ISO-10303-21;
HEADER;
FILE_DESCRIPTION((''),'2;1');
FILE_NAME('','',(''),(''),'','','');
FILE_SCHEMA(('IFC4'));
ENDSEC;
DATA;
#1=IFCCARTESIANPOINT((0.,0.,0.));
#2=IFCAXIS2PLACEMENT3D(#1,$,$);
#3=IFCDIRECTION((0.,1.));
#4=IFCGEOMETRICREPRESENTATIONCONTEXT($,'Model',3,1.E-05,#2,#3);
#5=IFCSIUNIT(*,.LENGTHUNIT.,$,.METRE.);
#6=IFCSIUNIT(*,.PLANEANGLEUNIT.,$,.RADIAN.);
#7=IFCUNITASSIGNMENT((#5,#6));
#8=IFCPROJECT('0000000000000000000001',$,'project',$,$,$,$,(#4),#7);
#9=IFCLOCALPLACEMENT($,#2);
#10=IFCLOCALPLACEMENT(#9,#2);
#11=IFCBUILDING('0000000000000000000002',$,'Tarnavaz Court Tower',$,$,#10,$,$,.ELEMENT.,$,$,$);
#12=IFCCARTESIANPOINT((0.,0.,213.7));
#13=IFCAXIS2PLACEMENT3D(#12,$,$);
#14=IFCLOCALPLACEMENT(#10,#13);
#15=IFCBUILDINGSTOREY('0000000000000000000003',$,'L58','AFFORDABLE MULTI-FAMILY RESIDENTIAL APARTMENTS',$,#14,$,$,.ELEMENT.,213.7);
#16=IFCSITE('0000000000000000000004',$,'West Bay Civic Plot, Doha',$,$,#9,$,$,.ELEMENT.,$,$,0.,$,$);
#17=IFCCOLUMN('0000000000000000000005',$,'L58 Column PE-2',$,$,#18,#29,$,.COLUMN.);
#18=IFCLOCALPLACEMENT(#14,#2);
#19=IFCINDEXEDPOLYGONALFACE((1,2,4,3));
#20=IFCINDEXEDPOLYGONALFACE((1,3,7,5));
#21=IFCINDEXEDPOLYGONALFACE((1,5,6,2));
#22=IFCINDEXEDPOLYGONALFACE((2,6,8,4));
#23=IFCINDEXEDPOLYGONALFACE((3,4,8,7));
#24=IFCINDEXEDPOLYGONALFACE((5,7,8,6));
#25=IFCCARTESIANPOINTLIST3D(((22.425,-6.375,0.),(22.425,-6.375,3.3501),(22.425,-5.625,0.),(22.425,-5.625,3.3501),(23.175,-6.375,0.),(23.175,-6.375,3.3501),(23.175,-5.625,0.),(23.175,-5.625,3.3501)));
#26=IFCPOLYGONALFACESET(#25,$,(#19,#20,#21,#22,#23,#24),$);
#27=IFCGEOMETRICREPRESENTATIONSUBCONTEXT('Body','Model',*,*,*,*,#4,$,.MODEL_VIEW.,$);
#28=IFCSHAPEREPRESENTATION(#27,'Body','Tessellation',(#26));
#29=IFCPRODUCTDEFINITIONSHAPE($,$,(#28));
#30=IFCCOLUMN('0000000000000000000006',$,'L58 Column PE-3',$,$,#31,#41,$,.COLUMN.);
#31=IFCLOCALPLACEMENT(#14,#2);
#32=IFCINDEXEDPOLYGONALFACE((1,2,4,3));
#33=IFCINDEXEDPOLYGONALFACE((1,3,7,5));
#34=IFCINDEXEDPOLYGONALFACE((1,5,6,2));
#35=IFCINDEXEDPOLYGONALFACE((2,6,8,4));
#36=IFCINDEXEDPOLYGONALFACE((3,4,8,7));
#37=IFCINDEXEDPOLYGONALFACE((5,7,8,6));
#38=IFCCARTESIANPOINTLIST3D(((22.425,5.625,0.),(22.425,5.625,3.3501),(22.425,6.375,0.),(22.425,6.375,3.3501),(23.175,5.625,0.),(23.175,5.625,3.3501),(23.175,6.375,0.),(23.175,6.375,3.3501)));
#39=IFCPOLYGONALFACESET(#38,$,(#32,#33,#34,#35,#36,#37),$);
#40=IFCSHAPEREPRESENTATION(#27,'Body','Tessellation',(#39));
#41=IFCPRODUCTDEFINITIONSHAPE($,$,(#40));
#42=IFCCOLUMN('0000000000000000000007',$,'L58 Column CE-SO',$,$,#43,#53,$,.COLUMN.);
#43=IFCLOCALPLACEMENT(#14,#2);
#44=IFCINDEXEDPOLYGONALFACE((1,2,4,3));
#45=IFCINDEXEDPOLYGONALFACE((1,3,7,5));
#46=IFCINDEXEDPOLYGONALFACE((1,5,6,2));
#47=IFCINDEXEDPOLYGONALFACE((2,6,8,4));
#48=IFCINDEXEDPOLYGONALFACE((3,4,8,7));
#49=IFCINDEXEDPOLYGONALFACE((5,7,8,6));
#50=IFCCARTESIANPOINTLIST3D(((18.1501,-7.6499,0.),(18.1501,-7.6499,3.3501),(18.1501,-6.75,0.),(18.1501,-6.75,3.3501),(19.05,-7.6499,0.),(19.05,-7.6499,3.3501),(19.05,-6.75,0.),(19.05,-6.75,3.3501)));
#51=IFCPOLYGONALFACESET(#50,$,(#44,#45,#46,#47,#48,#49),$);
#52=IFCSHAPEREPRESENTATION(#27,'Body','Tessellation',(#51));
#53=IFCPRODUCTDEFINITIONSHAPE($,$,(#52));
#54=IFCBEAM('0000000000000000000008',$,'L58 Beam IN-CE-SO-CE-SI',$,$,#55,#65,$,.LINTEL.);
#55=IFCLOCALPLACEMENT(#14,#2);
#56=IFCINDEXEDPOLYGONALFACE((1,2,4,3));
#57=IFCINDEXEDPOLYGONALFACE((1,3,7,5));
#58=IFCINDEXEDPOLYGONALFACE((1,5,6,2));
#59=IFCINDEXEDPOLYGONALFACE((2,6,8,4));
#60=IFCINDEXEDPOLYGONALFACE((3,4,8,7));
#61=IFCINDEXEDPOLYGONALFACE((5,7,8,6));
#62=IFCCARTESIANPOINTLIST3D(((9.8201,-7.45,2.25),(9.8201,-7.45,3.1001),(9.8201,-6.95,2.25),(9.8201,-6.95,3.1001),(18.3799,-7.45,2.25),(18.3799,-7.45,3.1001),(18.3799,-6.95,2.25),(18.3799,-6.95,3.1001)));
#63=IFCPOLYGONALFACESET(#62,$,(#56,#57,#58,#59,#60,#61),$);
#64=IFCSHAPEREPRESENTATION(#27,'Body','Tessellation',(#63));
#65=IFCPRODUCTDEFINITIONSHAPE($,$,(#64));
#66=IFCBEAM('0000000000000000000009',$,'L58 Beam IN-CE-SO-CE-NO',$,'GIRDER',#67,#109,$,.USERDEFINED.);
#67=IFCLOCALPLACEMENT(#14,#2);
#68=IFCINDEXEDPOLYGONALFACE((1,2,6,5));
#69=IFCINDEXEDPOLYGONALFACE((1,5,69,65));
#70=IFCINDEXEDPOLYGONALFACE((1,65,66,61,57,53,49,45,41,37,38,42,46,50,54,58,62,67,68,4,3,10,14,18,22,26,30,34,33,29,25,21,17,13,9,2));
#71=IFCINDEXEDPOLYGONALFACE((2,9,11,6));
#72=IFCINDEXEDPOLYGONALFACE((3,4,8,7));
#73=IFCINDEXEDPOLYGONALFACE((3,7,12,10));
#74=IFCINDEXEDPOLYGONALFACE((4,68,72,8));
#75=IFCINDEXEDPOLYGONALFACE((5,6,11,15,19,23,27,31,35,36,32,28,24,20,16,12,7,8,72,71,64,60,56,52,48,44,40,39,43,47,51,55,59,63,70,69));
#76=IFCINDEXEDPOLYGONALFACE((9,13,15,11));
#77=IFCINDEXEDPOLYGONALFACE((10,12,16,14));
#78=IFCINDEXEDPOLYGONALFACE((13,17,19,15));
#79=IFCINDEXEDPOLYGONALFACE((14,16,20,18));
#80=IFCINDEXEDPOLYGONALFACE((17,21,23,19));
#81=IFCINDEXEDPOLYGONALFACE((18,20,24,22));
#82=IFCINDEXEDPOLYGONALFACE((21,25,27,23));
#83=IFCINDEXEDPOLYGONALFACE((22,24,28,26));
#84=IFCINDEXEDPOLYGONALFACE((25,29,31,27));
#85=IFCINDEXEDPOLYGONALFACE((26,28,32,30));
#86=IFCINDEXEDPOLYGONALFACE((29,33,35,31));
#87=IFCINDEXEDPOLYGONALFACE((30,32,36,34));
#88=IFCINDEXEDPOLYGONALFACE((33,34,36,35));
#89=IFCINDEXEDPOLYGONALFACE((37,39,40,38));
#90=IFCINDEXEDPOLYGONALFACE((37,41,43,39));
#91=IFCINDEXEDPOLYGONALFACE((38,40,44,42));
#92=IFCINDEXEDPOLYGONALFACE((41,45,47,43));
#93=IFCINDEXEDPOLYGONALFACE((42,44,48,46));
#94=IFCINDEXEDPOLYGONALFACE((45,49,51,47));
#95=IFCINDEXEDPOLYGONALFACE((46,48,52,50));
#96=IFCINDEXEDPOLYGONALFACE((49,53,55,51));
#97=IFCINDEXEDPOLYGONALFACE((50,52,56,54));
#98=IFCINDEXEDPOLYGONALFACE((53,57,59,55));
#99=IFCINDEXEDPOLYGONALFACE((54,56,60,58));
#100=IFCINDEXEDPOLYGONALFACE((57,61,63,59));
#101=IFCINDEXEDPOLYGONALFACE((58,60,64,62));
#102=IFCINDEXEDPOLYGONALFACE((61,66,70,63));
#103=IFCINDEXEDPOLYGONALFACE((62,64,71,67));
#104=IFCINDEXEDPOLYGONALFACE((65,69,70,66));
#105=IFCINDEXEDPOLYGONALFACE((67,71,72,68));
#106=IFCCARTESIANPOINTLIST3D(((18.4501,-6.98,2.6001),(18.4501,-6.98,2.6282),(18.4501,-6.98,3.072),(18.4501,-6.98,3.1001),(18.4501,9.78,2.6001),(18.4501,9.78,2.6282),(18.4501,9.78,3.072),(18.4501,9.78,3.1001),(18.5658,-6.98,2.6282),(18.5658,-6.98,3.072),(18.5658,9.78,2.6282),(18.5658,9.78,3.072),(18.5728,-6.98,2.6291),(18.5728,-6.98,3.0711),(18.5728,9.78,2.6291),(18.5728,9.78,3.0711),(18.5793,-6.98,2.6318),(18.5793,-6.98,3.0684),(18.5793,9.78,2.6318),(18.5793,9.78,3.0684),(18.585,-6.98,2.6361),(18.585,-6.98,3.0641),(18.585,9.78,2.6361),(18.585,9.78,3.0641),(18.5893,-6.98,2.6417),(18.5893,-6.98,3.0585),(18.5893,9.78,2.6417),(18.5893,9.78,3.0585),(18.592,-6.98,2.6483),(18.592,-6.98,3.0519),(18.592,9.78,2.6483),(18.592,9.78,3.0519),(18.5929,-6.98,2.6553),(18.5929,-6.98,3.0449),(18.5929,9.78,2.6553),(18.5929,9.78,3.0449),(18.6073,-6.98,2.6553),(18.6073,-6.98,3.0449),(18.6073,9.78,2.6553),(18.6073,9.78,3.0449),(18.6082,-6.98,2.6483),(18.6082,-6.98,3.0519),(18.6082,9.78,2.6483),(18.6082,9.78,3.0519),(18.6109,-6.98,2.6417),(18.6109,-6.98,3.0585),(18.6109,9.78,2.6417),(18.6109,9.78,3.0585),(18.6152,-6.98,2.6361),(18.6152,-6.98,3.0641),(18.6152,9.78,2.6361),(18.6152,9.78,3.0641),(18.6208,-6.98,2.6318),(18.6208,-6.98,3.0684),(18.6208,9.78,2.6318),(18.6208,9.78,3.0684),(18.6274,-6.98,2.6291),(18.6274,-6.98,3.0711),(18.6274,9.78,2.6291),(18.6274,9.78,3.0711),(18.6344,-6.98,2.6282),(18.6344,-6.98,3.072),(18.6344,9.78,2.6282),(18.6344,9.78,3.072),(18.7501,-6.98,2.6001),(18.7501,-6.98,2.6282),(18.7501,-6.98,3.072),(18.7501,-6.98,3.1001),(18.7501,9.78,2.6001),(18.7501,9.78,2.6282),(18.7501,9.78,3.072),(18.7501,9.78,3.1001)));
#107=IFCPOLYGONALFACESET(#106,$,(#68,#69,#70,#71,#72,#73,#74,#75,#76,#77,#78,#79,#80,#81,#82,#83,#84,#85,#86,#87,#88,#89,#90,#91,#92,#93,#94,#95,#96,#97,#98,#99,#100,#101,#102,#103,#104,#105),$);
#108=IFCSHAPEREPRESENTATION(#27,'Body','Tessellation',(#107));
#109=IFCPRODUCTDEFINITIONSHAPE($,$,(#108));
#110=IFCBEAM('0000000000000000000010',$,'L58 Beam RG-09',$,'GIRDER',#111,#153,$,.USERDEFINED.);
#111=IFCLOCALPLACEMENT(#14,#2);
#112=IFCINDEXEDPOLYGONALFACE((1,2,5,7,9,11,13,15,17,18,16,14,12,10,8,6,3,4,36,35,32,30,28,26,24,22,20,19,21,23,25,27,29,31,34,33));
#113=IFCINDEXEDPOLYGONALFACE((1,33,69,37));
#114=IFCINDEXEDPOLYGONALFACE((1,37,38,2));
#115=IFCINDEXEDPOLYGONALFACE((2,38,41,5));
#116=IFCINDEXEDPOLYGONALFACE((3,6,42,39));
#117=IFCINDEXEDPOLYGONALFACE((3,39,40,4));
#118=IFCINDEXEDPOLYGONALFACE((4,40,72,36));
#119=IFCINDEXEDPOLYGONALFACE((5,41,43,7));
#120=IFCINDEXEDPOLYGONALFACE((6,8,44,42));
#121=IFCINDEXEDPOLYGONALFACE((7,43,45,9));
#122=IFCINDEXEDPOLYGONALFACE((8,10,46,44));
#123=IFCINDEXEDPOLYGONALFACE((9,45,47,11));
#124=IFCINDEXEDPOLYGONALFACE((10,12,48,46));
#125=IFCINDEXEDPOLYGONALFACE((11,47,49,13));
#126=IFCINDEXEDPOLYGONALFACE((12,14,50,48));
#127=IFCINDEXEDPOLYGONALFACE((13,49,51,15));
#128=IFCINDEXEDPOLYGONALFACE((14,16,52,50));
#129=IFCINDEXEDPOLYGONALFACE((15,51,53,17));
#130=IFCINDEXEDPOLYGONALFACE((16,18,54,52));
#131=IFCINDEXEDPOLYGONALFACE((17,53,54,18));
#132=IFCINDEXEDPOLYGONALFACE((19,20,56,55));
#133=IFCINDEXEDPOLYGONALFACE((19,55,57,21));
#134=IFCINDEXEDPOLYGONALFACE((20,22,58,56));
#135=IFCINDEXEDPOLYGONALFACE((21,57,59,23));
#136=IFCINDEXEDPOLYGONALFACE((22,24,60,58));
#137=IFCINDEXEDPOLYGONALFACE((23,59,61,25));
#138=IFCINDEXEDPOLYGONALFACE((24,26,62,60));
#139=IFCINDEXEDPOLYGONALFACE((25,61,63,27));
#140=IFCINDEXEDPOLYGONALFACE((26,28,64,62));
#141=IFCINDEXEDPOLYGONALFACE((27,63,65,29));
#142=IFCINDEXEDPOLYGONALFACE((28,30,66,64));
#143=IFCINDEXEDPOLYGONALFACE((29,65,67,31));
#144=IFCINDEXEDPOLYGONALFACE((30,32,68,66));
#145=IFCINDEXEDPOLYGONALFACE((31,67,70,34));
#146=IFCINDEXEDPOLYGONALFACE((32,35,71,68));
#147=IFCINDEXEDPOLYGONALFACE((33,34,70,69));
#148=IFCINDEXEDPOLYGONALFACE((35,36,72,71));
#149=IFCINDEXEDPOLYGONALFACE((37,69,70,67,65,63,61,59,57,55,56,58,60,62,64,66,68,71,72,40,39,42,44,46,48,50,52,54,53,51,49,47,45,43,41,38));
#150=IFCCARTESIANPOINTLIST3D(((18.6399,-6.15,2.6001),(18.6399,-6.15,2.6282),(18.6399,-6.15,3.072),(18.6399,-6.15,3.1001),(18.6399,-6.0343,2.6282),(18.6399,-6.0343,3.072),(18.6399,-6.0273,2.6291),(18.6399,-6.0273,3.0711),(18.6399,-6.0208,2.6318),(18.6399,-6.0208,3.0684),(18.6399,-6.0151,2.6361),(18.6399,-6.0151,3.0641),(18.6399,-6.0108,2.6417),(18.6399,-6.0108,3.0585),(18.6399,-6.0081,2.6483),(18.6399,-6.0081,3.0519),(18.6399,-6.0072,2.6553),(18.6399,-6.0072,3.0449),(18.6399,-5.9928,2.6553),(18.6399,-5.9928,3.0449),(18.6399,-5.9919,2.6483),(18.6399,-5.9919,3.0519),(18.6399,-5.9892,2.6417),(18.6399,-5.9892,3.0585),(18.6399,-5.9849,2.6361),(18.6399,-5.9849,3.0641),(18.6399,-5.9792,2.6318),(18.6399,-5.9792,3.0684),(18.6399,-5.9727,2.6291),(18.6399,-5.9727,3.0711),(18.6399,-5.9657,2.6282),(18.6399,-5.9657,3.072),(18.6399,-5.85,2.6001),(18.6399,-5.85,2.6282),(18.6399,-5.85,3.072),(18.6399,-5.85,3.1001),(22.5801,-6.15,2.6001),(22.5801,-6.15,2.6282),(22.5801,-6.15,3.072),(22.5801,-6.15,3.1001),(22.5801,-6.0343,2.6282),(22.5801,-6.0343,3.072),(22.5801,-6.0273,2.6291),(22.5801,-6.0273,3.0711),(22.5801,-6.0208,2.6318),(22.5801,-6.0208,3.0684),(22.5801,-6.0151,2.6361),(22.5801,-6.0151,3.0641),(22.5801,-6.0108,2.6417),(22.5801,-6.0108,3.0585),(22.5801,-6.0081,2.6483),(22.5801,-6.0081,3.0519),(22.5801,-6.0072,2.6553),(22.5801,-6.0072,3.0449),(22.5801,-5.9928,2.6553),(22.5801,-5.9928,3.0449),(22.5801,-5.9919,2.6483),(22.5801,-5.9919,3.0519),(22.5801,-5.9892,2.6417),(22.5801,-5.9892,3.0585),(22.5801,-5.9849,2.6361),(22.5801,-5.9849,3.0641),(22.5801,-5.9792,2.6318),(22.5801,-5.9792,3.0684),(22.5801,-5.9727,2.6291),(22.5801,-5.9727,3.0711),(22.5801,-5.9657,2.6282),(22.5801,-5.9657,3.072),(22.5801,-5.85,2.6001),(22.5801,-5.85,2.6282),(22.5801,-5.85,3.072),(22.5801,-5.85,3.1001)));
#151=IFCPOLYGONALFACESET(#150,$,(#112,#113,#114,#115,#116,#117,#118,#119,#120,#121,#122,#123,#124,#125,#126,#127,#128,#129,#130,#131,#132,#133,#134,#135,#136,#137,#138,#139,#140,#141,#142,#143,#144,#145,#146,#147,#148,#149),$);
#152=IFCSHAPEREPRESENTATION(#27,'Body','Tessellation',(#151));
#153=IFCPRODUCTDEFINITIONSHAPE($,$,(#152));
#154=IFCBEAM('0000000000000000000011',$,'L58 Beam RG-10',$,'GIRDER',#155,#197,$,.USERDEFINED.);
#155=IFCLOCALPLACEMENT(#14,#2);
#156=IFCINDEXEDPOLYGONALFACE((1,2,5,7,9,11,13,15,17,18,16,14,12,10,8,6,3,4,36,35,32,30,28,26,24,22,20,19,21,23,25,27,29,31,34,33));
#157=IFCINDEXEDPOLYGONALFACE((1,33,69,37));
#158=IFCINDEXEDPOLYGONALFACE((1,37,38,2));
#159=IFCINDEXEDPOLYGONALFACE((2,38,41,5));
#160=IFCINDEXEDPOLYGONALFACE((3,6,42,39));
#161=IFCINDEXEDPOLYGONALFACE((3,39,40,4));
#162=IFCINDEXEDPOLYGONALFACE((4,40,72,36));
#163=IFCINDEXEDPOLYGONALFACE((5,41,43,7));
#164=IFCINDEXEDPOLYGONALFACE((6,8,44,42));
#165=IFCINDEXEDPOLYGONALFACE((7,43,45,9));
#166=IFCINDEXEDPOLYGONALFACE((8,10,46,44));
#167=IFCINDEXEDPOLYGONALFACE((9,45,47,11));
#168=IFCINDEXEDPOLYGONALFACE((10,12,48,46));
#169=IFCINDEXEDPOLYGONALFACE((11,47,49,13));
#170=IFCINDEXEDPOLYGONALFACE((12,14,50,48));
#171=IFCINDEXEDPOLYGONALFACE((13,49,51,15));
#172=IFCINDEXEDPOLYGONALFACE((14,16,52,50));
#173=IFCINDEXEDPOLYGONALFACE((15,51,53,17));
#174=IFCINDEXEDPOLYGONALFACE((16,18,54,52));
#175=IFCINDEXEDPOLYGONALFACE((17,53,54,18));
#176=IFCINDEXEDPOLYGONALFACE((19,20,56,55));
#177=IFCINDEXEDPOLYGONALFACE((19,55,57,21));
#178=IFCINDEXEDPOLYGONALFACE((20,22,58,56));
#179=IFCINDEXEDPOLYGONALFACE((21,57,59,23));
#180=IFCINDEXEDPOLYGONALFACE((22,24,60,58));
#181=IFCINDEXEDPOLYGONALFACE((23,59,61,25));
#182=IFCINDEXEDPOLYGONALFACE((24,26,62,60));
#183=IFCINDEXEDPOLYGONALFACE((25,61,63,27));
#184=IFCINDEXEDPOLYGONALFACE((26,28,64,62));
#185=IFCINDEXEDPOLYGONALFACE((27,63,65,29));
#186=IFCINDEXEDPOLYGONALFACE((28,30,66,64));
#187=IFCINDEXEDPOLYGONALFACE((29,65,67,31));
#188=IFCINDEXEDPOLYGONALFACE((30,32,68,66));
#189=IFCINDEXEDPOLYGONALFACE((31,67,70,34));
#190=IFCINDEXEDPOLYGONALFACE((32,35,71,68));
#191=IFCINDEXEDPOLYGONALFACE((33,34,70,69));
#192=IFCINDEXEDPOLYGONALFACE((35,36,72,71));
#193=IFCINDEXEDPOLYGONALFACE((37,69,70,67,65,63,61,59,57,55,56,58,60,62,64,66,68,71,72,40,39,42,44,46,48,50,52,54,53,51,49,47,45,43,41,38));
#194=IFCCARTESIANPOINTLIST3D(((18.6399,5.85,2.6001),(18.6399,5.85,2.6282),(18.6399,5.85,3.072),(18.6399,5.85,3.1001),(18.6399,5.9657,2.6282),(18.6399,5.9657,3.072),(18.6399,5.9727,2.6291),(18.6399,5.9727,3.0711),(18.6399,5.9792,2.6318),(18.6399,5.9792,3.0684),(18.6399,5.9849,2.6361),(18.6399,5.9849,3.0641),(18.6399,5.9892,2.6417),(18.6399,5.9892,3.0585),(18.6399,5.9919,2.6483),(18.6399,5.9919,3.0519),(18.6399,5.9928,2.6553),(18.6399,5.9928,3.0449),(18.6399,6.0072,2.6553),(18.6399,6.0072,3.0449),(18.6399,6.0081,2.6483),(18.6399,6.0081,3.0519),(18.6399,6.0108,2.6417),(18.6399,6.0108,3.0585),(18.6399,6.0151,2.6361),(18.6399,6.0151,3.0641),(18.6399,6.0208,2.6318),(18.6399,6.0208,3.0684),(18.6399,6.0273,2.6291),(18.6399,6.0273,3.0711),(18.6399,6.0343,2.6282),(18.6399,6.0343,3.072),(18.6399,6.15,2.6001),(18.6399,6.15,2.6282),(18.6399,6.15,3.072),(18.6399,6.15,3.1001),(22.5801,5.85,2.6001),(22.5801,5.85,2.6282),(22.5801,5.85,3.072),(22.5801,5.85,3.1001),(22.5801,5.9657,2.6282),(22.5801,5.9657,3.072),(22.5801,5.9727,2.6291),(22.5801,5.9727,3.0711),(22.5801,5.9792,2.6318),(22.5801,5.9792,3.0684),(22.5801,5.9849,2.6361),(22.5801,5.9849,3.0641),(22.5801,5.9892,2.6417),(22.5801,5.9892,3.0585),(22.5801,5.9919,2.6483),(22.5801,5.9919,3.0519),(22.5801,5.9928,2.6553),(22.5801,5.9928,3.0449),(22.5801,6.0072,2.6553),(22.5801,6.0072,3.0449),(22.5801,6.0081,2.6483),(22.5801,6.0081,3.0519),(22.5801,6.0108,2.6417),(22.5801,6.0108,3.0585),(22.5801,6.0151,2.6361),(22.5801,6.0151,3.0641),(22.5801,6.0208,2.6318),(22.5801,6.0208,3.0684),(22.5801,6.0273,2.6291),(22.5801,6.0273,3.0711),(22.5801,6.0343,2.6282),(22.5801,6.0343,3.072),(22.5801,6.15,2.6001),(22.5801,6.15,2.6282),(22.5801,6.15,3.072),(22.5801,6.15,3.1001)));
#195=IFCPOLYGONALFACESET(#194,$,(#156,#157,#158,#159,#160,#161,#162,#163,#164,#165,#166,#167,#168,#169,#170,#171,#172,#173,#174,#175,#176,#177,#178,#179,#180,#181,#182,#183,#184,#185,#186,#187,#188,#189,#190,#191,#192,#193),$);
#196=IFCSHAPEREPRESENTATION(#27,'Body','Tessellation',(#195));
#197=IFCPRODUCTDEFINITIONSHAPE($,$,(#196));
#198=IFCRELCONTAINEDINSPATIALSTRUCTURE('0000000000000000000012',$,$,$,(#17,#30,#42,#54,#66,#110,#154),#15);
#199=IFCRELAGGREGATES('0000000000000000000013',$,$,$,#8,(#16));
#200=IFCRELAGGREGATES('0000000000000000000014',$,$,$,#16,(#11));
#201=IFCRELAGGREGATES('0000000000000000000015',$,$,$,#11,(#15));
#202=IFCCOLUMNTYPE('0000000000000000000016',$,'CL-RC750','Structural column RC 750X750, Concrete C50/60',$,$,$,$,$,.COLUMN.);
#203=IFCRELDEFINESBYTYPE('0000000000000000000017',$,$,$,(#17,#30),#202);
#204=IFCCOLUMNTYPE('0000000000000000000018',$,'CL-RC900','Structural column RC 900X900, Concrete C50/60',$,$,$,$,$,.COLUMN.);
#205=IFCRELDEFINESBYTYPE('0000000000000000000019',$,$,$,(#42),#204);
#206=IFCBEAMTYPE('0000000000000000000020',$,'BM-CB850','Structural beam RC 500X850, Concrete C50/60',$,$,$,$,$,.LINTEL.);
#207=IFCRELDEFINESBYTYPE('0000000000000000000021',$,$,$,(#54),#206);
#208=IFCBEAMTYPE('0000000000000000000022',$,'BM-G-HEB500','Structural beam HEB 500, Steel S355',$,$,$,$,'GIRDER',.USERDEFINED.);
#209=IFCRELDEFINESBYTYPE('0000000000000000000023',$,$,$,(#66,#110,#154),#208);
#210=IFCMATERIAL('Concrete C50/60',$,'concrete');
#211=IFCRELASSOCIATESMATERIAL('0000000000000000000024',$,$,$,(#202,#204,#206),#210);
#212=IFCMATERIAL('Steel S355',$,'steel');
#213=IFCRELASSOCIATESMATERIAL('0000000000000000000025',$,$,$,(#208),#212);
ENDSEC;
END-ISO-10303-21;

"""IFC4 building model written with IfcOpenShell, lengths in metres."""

from ifc_helpers import new_model, si_unit, direction, frame, origin, origin_2d, place, context, subcontext, project, spatial, rectangle, i_section, extrude, material, material_profile, profile_set, type_object, element, save


model = new_model("IFC4")

# Units and contexts
model_context = context("Model", 3, precision=1e-05, world=origin(), true_north=direction((0.0, 1.0)))
body_context = subcontext(model_context, "Body", "Model", "MODEL_VIEW")
ifc_project = project(units=[si_unit("LENGTHUNIT", "METRE"), si_unit("PLANEANGLEUNIT", "RADIAN")], contexts=[model_context])

# Site, building, storey
site_placement = place(None, origin())
site = spatial("IfcSite", under=ifc_project, at=site_placement, Name="West Bay Civic Plot, Doha", CompositionType="ELEMENT", RefElevation=0.0)
building_placement = place(site_placement, origin())
building = spatial("IfcBuilding", under=site, at=building_placement, Name="Tarnavaz Court Tower", CompositionType="ELEMENT")
storey_placement = place(building_placement, frame((0.0, 0.0, 213.7)))
storey = spatial("IfcBuildingStorey", under=building, at=storey_placement, Name="L58", Description="AFFORDABLE MULTI-FAMILY RESIDENTIAL APARTMENTS", CompositionType="ELEMENT", Elevation=213.7)

# Columns
ifc_material_1 = material(Name="Concrete C50/60", Category="concrete")
ifc_material_profile_1 = material_profile(ifc_material_1, rectangle(XDim=0.75, YDim=0.75, at=origin_2d()), Name="RC 750X750")
ifc_profile_set_1 = profile_set([ifc_material_profile_1], Name="Concrete C50/60")
column_type_1 = type_object("IfcColumnType", Name="CL-RC750", Description="Structural column RC 750X750, Concrete C50/60", PredefinedType="COLUMN", material=ifc_profile_set_1)
for number, where, z_axis, x_axis, name in (
    (1, (22.8, -6.0, 0.0), (0.0, 0.0, 1.0), (1.0, 0.0, 0.0), "L58 Column PE-2"),
    (2, (22.8, 6.0, 0.0), (0.0, 0.0, 1.0), (1.0, 0.0, 0.0), "L58 Column PE-3"),
):
    element("IfcColumn", number, at=place(storey_placement, frame(where, z_axis=z_axis, x_axis=x_axis)), inside=storey, type_object=column_type_1, Name=name, PredefinedType="COLUMN", context=body_context, shape_type="SweptSolid", body=[
        extrude(rectangle(XDim=0.75, YDim=0.75, at=origin_2d()), origin(), (0.0, 0.0, 1.0), 3.3501),
    ])
ifc_material_profile_2 = material_profile(ifc_material_1, rectangle(XDim=0.8999, YDim=0.8999, at=origin_2d()), Name="RC 900X900")
ifc_profile_set_2 = profile_set([ifc_material_profile_2], Name="Concrete C50/60")
column_type_2 = type_object("IfcColumnType", Name="CL-RC900", Description="Structural column RC 900X900, Concrete C50/60", PredefinedType="COLUMN", material=ifc_profile_set_2)
column_placement = place(storey_placement, frame((18.6001, -7.2, 0.0), z_axis=(0.0, 0.0, 1.0), x_axis=(1.0, 0.0, 0.0)))
element("IfcColumn", 3, at=column_placement, inside=storey, type_object=column_type_2, Name="L58 Column CE-SO", PredefinedType="COLUMN", context=body_context, shape_type="SweptSolid", body=[
    extrude(rectangle(XDim=0.8999, YDim=0.8999, at=origin_2d()), origin(), (0.0, 0.0, 1.0), 3.3501),
])

# Beams
ifc_material_profile_3 = material_profile(ifc_material_1, rectangle(XDim=0.5, YDim=0.8501, at=origin_2d()), Name="RC 500X850")
ifc_profile_set_3 = profile_set([ifc_material_profile_3], Name="Concrete C50/60")
beam_type_1 = type_object("IfcBeamType", Name="BM-CB850", Description="Structural beam RC 500X850, Concrete C50/60", PredefinedType="LINTEL", material=ifc_profile_set_3)
beam_1_placement = place(storey_placement, frame((18.3799, -7.2, 2.675), z_axis=(-1.0, 0.0, 0.0), x_axis=(0.0, -1.0, 0.0)))
element("IfcBeam", 4, at=beam_1_placement, inside=storey, type_object=beam_type_1, Name="L58 Beam IN-CE-SO-CE-SI", PredefinedType="LINTEL", context=body_context, shape_type="SweptSolid", body=[
    extrude(rectangle(XDim=0.5, YDim=0.8501, at=origin_2d()), origin(), (0.0, 0.0, 1.0), 8.5598),
])
ifc_material_2 = material(Name="Steel S355", Category="steel")
ifc_material_profile_4 = material_profile(ifc_material_2, i_section(OverallWidth=0.3, OverallDepth=0.5, WebThickness=0.0144, FlangeThickness=0.0281, FilletRadius=0.0271, at=origin_2d()), Name="HEB 500")
ifc_profile_set_4 = profile_set([ifc_material_profile_4], Name="Steel S355")
beam_type_2 = type_object("IfcBeamType", Name="BM-G-HEB500", Description="Structural beam HEB 500, Steel S355", ElementType="GIRDER", PredefinedType="USERDEFINED", material=ifc_profile_set_4)
beam_2_placement = place(storey_placement, frame((18.6001, -6.98, 2.8501), z_axis=(0.0, 1.0, 0.0), x_axis=(-1.0, 0.0, 0.0)))
element("IfcBeam", 5, at=beam_2_placement, inside=storey, type_object=beam_type_2, Name="L58 Beam IN-CE-SO-CE-NO", ObjectType="GIRDER", PredefinedType="USERDEFINED", context=body_context, shape_type="SweptSolid", body=[
    extrude(i_section(OverallWidth=0.3, OverallDepth=0.5, WebThickness=0.0144, FlangeThickness=0.0281, FilletRadius=0.0271, at=origin_2d()), origin(), (0.0, 0.0, 1.0), 16.76),
])
for number, where, z_axis, x_axis, name in (
    (6, (18.6399, -6.0, 2.8501), (1.0, 0.0, 0.0), (0.0, 1.0, 0.0), "L58 Beam RG-09"),
    (7, (18.6399, 6.0, 2.8501), (1.0, 0.0, 0.0), (0.0, 1.0, 0.0), "L58 Beam RG-10"),
):
    element("IfcBeam", number, at=place(storey_placement, frame(where, z_axis=z_axis, x_axis=x_axis)), inside=storey, type_object=beam_type_2, Name=name, ObjectType="GIRDER", PredefinedType="USERDEFINED", context=body_context, shape_type="SweptSolid", body=[
        extrude(i_section(OverallWidth=0.3, OverallDepth=0.5, WebThickness=0.0144, FlangeThickness=0.0281, FilletRadius=0.0271, at=origin_2d()), origin(), (0.0, 0.0, 1.0), 3.9402),
    ])

save(model, "model.ifc")
